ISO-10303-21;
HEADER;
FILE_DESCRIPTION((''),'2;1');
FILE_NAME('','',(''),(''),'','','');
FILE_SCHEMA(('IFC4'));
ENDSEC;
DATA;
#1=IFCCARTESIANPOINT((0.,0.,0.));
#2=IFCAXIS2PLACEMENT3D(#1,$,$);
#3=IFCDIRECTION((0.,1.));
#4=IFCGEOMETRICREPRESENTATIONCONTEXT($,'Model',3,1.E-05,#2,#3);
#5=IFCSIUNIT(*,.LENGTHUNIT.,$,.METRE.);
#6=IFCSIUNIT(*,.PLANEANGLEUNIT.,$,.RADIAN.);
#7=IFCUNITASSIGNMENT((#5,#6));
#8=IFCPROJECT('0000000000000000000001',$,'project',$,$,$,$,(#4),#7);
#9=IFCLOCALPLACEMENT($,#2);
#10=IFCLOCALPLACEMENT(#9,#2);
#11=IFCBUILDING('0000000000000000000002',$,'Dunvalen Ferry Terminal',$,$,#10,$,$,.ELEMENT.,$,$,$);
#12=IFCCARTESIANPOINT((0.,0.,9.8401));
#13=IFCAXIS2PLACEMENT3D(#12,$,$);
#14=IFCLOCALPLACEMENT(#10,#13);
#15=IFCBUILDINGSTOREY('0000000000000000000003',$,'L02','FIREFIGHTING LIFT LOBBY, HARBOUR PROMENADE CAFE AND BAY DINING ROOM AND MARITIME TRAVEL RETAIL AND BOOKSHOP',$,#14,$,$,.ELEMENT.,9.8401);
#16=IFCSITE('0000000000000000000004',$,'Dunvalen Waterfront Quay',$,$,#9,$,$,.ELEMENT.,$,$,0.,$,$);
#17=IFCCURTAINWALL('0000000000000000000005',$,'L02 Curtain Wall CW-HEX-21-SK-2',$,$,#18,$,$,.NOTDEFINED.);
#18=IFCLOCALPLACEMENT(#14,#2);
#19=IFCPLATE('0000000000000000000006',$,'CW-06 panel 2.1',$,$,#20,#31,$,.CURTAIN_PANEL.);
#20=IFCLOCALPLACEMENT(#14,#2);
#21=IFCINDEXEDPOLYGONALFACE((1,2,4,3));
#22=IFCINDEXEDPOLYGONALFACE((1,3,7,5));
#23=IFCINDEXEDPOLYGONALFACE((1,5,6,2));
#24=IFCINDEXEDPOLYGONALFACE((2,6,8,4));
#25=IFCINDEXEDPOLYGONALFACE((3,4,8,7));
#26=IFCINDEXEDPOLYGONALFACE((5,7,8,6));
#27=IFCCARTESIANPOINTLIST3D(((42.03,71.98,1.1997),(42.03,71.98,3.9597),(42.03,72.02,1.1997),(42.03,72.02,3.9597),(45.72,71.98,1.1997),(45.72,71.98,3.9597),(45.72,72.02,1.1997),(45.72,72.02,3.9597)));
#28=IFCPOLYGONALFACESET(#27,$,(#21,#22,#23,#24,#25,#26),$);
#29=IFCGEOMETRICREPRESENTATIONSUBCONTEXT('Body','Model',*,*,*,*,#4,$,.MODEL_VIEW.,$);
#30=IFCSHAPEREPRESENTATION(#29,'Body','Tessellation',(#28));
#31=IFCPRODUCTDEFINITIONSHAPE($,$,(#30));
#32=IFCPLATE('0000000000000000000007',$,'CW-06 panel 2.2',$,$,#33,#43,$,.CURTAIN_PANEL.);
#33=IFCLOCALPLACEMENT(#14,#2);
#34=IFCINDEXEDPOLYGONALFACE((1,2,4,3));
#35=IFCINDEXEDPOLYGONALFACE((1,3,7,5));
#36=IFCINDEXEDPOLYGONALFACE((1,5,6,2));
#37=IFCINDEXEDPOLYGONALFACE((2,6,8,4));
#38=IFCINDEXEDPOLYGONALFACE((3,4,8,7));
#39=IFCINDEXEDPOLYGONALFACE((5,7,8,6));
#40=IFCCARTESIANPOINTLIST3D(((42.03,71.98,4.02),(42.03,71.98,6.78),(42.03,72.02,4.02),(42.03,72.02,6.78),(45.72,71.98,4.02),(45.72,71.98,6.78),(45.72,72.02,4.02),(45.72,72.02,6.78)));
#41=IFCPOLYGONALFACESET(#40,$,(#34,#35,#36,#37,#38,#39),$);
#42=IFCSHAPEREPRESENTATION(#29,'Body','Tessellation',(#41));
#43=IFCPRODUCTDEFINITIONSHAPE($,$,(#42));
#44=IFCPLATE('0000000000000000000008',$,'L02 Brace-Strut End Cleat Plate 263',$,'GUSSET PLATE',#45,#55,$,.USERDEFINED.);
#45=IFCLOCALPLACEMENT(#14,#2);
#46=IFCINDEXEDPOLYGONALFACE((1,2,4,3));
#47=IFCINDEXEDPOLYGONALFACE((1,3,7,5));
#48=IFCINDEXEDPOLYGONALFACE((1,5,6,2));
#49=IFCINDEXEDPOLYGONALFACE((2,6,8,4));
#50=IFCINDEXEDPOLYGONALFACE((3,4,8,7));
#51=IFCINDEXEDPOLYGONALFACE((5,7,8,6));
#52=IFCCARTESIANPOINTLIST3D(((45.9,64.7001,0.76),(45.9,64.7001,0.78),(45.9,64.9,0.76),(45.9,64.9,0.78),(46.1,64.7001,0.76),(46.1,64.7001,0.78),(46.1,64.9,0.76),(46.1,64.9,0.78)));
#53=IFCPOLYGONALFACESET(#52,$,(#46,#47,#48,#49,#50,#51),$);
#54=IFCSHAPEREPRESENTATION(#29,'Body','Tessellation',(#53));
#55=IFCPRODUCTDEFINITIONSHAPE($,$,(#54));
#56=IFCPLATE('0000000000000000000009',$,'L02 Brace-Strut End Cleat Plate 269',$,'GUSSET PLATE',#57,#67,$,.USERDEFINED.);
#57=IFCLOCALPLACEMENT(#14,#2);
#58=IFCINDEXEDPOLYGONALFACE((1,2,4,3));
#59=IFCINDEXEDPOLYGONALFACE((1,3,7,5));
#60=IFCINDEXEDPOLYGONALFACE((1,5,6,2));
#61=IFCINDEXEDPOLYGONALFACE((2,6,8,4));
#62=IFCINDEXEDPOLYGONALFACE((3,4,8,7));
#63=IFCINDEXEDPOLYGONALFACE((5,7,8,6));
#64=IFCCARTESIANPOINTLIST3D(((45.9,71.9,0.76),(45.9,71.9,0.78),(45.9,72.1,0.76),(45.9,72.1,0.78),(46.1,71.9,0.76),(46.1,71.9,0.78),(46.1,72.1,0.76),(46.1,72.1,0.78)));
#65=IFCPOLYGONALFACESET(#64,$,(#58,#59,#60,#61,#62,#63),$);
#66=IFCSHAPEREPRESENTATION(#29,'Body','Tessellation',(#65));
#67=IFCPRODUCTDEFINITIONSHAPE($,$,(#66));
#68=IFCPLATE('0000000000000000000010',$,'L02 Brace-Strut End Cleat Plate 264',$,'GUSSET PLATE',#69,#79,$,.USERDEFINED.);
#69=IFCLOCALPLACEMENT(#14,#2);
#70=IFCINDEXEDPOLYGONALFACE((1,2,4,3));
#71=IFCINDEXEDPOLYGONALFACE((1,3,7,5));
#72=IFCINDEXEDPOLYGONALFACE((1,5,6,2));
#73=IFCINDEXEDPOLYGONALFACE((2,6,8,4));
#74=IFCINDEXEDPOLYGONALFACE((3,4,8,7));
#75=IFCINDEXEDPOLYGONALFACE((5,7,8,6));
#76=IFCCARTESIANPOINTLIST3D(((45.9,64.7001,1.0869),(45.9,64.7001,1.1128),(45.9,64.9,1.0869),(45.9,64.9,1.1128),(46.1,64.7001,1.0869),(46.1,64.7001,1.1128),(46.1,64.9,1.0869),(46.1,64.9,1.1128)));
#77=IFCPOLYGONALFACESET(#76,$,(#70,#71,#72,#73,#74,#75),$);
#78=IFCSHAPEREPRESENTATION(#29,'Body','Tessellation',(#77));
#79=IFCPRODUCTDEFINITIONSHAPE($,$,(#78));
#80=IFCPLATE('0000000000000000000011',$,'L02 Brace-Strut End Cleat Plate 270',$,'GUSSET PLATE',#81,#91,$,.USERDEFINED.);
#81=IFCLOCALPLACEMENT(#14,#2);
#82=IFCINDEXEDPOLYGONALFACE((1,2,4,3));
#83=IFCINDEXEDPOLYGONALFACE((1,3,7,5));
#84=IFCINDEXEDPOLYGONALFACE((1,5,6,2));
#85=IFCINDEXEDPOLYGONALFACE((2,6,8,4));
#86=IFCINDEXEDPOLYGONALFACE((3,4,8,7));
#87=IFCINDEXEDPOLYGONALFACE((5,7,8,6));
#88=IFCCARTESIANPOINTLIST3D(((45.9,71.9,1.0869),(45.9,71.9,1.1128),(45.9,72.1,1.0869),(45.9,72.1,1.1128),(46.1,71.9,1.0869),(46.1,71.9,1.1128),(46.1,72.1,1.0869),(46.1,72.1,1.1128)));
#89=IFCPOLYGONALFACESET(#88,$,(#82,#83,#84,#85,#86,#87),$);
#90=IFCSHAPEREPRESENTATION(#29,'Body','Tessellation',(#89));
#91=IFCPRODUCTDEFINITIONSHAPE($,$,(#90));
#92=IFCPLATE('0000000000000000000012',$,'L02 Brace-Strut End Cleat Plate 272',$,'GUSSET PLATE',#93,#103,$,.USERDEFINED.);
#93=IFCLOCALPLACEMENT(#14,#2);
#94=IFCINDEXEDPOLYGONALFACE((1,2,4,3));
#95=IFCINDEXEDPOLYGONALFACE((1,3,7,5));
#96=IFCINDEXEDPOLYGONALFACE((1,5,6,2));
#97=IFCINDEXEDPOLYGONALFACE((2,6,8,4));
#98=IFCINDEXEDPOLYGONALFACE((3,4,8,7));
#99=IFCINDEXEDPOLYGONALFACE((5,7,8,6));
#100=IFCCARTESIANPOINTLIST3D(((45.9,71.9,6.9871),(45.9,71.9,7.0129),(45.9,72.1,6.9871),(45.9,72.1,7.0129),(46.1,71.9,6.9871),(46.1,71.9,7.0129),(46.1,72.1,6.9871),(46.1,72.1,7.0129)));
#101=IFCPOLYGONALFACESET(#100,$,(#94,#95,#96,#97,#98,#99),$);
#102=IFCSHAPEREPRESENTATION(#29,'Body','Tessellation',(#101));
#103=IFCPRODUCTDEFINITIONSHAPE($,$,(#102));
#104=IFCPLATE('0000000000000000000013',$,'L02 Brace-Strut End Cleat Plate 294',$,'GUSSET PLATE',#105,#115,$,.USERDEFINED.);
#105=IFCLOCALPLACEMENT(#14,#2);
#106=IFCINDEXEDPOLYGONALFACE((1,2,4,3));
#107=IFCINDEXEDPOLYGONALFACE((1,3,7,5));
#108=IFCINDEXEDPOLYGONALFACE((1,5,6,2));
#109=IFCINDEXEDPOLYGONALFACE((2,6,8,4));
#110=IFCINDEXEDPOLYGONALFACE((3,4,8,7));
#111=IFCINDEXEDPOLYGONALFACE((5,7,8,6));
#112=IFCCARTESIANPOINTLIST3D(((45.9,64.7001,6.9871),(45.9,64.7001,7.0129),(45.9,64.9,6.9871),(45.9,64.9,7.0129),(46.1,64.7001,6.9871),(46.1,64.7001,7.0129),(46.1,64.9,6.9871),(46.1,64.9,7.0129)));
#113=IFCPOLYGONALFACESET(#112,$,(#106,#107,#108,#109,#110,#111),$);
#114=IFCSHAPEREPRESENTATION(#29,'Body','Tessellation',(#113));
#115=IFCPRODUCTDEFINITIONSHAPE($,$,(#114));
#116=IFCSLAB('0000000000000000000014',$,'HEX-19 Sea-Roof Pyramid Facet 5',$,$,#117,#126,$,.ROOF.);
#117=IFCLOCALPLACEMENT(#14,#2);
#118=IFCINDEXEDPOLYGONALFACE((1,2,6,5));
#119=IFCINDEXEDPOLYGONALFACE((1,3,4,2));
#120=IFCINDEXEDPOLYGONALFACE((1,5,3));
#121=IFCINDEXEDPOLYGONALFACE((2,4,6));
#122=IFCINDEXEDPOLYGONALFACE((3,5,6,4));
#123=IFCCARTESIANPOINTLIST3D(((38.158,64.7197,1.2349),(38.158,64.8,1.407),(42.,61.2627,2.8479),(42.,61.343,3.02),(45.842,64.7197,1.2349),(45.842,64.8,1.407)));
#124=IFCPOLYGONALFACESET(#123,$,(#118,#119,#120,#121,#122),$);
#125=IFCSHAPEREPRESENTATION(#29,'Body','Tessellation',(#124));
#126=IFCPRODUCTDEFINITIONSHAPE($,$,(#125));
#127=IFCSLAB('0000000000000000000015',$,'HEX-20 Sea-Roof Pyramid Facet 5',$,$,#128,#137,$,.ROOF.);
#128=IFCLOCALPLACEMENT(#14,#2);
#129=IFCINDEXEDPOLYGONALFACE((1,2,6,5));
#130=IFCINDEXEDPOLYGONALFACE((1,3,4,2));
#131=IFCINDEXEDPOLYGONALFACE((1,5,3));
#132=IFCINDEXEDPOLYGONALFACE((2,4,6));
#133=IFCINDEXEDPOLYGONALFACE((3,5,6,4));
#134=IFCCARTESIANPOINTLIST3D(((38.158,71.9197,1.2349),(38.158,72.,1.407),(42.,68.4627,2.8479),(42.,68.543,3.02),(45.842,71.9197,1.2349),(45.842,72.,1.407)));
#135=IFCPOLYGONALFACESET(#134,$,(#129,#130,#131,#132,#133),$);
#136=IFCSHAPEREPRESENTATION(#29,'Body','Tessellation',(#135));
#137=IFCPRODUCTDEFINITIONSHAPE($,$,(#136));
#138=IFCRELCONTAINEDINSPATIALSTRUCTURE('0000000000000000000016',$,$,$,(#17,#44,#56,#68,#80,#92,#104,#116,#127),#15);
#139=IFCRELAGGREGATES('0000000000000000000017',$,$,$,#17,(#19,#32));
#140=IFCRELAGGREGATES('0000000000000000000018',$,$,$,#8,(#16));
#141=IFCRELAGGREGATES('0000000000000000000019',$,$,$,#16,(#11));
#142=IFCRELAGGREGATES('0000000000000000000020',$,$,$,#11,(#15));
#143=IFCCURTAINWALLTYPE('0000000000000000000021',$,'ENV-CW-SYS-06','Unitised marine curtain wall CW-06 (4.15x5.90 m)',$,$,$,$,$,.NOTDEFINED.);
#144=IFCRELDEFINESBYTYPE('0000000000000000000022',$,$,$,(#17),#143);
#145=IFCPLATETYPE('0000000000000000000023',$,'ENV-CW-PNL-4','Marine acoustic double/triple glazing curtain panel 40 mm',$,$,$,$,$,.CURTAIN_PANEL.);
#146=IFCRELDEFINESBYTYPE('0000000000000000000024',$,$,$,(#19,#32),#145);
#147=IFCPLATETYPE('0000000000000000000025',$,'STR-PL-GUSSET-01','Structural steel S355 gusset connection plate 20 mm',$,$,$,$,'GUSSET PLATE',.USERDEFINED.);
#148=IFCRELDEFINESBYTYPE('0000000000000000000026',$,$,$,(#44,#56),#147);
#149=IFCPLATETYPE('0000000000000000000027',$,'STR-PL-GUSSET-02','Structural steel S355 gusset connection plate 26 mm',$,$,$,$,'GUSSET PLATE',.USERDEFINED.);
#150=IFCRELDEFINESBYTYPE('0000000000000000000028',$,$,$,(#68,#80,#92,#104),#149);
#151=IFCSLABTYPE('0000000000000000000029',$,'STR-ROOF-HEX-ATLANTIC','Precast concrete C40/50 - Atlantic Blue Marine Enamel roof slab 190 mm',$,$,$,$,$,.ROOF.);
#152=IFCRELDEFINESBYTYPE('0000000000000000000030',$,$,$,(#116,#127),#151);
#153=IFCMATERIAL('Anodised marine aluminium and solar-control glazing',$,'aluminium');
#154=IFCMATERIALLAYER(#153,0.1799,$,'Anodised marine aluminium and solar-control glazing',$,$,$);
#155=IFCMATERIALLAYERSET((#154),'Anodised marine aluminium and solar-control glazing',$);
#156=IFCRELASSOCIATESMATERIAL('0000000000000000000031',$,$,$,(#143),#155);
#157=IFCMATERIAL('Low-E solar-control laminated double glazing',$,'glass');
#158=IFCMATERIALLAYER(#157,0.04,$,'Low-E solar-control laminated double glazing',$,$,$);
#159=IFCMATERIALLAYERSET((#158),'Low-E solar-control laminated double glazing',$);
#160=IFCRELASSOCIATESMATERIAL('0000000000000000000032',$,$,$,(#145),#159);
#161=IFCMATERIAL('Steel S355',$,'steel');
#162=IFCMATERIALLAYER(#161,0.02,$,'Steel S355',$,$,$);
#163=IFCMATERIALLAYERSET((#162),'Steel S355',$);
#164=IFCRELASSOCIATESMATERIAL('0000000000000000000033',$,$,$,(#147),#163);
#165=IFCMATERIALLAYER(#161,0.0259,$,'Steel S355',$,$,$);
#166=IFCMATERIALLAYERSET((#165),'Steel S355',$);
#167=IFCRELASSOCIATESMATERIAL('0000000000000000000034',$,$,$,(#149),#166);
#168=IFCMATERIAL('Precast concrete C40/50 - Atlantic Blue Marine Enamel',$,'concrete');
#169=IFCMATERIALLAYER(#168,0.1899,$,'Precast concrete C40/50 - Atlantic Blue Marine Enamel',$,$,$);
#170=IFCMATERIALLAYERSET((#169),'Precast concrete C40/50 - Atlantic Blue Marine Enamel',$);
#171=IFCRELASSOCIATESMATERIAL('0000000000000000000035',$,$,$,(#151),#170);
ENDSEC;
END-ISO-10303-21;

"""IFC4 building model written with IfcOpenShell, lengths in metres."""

from ifc_helpers import new_model, si_unit, direction, frame, origin, origin_2d, place, context, subcontext, project, spatial, polyline, rectangle, outline, extrude, material, layer, layer_set, type_object, element, aggregate, save


model = new_model("IFC4")

# Units and contexts
model_context = context("Model", 3, precision=1e-05, world=origin(), true_north=direction((0.0, 1.0)))
body_context = subcontext(model_context, "Body", "Model", "MODEL_VIEW")
ifc_project = project(units=[si_unit("LENGTHUNIT", "METRE"), si_unit("PLANEANGLEUNIT", "RADIAN")], contexts=[model_context])

# Site, building, storey
site_placement = place(None, origin())
site = spatial("IfcSite", under=ifc_project, at=site_placement, Name="Dunvalen Waterfront Quay", CompositionType="ELEMENT", RefElevation=0.0)
building_placement = place(site_placement, origin())
building = spatial("IfcBuilding", under=site, at=building_placement, Name="Dunvalen Ferry Terminal", CompositionType="ELEMENT")
storey_placement = place(building_placement, frame((0.0, 0.0, 9.8401)))
storey = spatial("IfcBuildingStorey", under=building, at=storey_placement, Name="L02", Description="FIREFIGHTING LIFT LOBBY, HARBOUR PROMENADE CAFE AND BAY DINING ROOM AND MARITIME TRAVEL RETAIL AND BOOKSHOP", CompositionType="ELEMENT", Elevation=9.8401)

# Curtain wall
ifc_material_1 = material(Name="Anodised marine aluminium and solar-control glazing", Category="aluminium")
ifc_layer_1 = layer(ifc_material_1, 0.1799, Name="Anodised marine aluminium and solar-control glazing")
ifc_layer_set_1 = layer_set([ifc_layer_1], Name="Anodised marine aluminium and solar-control glazing")
curtain_wall_type = type_object("IfcCurtainWallType", Name="ENV-CW-SYS-06", Description="Unitised marine curtain wall CW-06 (4.15x5.90 m)", PredefinedType="NOTDEFINED", material=ifc_layer_set_1)
curtain_wall_placement = place(storey_placement, origin())
curtain_wall = element("IfcCurtainWall", 1, at=curtain_wall_placement, inside=storey, type_object=curtain_wall_type, Name="L02 Curtain Wall CW-HEX-21-SK-2", PredefinedType="NOTDEFINED")

# Shared definitions
ifc_material_2 = material(Name="Steel S355", Category="steel")

# Plates
ifc_material_3 = material(Name="Low-E solar-control laminated double glazing", Category="glass")
ifc_layer_2 = layer(ifc_material_3, 0.04, Name="Low-E solar-control laminated double glazing")
ifc_layer_set_2 = layer_set([ifc_layer_2], Name="Low-E solar-control laminated double glazing")
plate_type_1 = type_object("IfcPlateType", Name="ENV-CW-PNL-4", Description="Marine acoustic double/triple glazing curtain panel 40 mm", PredefinedType="CURTAIN_PANEL", material=ifc_layer_set_2)
plate_1_placement = place(storey_placement, frame((43.875, 72.0, 1.1997), z_axis=(0.0, 0.0, 1.0), x_axis=(1.0, 0.0, 0.0)))
plate_1 = element("IfcPlate", 2, at=plate_1_placement, type_object=plate_type_1, Name="CW-06 panel 2.1", PredefinedType="CURTAIN_PANEL", context=body_context, shape_type="SweptSolid", body=[
    extrude(rectangle(XDim=3.6899, YDim=0.04, at=origin_2d()), origin(), (0.0, 0.0, 1.0), 2.76),
])
plate_2_placement = place(storey_placement, frame((43.875, 72.0, 4.02), z_axis=(0.0, 0.0, 1.0), x_axis=(1.0, 0.0, 0.0)))
plate_2 = element("IfcPlate", 3, at=plate_2_placement, type_object=plate_type_1, Name="CW-06 panel 2.2", PredefinedType="CURTAIN_PANEL", context=body_context, shape_type="SweptSolid", body=[
    extrude(rectangle(XDim=3.6899, YDim=0.04, at=origin_2d()), origin(), (0.0, 0.0, 1.0), 2.76),
])
aggregate(curtain_wall, [plate_1, plate_2])

# Plates
ifc_layer_3 = layer(ifc_material_2, 0.02, Name="Steel S355")
ifc_layer_set_3 = layer_set([ifc_layer_3], Name="Steel S355")
plate_type_2 = type_object("IfcPlateType", Name="STR-PL-GUSSET-01", Description="Structural steel S355 gusset connection plate 20 mm", ElementType="GUSSET PLATE", PredefinedType="USERDEFINED", material=ifc_layer_set_3)
for number, where, z_axis, x_axis, name in (
    (4, (46.0, 64.8, 0.76), (0.0, 0.0, 1.0), (1.0, 0.0, 0.0), "L02 Brace-Strut End Cleat Plate 263"),
    (5, (46.0, 72.0, 0.76), (0.0, 0.0, 1.0), (1.0, 0.0, 0.0), "L02 Brace-Strut End Cleat Plate 269"),
):
    element("IfcPlate", number, at=place(storey_placement, frame(where, z_axis=z_axis, x_axis=x_axis)), inside=storey, type_object=plate_type_2, Name=name, ObjectType="GUSSET PLATE", PredefinedType="USERDEFINED", context=body_context, shape_type="SweptSolid", body=[
        extrude(rectangle(XDim=0.2, YDim=0.2, at=origin_2d()), origin(), (0.0, 0.0, 1.0), 0.02),
    ])
ifc_layer_4 = layer(ifc_material_2, 0.0259, Name="Steel S355")
ifc_layer_set_4 = layer_set([ifc_layer_4], Name="Steel S355")
plate_type_3 = type_object("IfcPlateType", Name="STR-PL-GUSSET-02", Description="Structural steel S355 gusset connection plate 26 mm", ElementType="GUSSET PLATE", PredefinedType="USERDEFINED", material=ifc_layer_set_4)
for number, where, z_axis, x_axis, name in (
    (6, (46.0, 64.8, 1.0869), (0.0, 0.0, 1.0), (1.0, 0.0, 0.0), "L02 Brace-Strut End Cleat Plate 264"),
    (7, (46.0, 72.0, 1.0869), (0.0, 0.0, 1.0), (1.0, 0.0, 0.0), "L02 Brace-Strut End Cleat Plate 270"),
    (8, (46.0, 72.0, 6.9871), (0.0, 0.0, 1.0), (1.0, 0.0, 0.0), "L02 Brace-Strut End Cleat Plate 272"),
    (9, (46.0, 64.8, 6.9871), (0.0, 0.0, 1.0), (1.0, 0.0, 0.0), "L02 Brace-Strut End Cleat Plate 294"),
):
    element("IfcPlate", number, at=place(storey_placement, frame(where, z_axis=z_axis, x_axis=x_axis)), inside=storey, type_object=plate_type_3, Name=name, ObjectType="GUSSET PLATE", PredefinedType="USERDEFINED", context=body_context, shape_type="SweptSolid", body=[
        extrude(rectangle(XDim=0.2, YDim=0.2, at=origin_2d()), origin(), (0.0, 0.0, 1.0), 0.0259),
    ])

# Slabs
ifc_material_4 = material(Name="Precast concrete C40/50 - Atlantic Blue Marine Enamel", Category="concrete")
ifc_layer_5 = layer(ifc_material_4, 0.1899, Name="Precast concrete C40/50 - Atlantic Blue Marine Enamel")
ifc_layer_set_5 = layer_set([ifc_layer_5], Name="Precast concrete C40/50 - Atlantic Blue Marine Enamel")
slab_type = type_object("IfcSlabType", Name="STR-ROOF-HEX-ATLANTIC", Description="Precast concrete C40/50 - Atlantic Blue Marine Enamel roof slab 190 mm", PredefinedType="ROOF", material=ifc_layer_set_5)
for number, where, z_axis, x_axis, name in (
    (10, (45.842, 64.8, 1.407), (0.0, 0.422833, 0.906208), (-1.0, 0.0, 0.0), "HEX-19 Sea-Roof Pyramid Facet 5"),
    (11, (45.842, 72.0, 1.407), (0.0, 0.422833, 0.906208), (-1.0, 0.0, 0.0), "HEX-20 Sea-Roof Pyramid Facet 5"),
):
    element("IfcSlab", number, at=place(storey_placement, frame(where, z_axis=z_axis, x_axis=x_axis)), inside=storey, type_object=slab_type, Name=name, PredefinedType="ROOF", context=body_context, shape_type="SweptSolid", body=[
        extrude(outline(polyline([(0.0, 0.0), (7.6841, 0.0), (3.842, 3.8148), (0.0, 0.0)])), origin(), (0.0, 0.0, -1.0), 0.1899),
    ])

save(model, "model.ifc")
